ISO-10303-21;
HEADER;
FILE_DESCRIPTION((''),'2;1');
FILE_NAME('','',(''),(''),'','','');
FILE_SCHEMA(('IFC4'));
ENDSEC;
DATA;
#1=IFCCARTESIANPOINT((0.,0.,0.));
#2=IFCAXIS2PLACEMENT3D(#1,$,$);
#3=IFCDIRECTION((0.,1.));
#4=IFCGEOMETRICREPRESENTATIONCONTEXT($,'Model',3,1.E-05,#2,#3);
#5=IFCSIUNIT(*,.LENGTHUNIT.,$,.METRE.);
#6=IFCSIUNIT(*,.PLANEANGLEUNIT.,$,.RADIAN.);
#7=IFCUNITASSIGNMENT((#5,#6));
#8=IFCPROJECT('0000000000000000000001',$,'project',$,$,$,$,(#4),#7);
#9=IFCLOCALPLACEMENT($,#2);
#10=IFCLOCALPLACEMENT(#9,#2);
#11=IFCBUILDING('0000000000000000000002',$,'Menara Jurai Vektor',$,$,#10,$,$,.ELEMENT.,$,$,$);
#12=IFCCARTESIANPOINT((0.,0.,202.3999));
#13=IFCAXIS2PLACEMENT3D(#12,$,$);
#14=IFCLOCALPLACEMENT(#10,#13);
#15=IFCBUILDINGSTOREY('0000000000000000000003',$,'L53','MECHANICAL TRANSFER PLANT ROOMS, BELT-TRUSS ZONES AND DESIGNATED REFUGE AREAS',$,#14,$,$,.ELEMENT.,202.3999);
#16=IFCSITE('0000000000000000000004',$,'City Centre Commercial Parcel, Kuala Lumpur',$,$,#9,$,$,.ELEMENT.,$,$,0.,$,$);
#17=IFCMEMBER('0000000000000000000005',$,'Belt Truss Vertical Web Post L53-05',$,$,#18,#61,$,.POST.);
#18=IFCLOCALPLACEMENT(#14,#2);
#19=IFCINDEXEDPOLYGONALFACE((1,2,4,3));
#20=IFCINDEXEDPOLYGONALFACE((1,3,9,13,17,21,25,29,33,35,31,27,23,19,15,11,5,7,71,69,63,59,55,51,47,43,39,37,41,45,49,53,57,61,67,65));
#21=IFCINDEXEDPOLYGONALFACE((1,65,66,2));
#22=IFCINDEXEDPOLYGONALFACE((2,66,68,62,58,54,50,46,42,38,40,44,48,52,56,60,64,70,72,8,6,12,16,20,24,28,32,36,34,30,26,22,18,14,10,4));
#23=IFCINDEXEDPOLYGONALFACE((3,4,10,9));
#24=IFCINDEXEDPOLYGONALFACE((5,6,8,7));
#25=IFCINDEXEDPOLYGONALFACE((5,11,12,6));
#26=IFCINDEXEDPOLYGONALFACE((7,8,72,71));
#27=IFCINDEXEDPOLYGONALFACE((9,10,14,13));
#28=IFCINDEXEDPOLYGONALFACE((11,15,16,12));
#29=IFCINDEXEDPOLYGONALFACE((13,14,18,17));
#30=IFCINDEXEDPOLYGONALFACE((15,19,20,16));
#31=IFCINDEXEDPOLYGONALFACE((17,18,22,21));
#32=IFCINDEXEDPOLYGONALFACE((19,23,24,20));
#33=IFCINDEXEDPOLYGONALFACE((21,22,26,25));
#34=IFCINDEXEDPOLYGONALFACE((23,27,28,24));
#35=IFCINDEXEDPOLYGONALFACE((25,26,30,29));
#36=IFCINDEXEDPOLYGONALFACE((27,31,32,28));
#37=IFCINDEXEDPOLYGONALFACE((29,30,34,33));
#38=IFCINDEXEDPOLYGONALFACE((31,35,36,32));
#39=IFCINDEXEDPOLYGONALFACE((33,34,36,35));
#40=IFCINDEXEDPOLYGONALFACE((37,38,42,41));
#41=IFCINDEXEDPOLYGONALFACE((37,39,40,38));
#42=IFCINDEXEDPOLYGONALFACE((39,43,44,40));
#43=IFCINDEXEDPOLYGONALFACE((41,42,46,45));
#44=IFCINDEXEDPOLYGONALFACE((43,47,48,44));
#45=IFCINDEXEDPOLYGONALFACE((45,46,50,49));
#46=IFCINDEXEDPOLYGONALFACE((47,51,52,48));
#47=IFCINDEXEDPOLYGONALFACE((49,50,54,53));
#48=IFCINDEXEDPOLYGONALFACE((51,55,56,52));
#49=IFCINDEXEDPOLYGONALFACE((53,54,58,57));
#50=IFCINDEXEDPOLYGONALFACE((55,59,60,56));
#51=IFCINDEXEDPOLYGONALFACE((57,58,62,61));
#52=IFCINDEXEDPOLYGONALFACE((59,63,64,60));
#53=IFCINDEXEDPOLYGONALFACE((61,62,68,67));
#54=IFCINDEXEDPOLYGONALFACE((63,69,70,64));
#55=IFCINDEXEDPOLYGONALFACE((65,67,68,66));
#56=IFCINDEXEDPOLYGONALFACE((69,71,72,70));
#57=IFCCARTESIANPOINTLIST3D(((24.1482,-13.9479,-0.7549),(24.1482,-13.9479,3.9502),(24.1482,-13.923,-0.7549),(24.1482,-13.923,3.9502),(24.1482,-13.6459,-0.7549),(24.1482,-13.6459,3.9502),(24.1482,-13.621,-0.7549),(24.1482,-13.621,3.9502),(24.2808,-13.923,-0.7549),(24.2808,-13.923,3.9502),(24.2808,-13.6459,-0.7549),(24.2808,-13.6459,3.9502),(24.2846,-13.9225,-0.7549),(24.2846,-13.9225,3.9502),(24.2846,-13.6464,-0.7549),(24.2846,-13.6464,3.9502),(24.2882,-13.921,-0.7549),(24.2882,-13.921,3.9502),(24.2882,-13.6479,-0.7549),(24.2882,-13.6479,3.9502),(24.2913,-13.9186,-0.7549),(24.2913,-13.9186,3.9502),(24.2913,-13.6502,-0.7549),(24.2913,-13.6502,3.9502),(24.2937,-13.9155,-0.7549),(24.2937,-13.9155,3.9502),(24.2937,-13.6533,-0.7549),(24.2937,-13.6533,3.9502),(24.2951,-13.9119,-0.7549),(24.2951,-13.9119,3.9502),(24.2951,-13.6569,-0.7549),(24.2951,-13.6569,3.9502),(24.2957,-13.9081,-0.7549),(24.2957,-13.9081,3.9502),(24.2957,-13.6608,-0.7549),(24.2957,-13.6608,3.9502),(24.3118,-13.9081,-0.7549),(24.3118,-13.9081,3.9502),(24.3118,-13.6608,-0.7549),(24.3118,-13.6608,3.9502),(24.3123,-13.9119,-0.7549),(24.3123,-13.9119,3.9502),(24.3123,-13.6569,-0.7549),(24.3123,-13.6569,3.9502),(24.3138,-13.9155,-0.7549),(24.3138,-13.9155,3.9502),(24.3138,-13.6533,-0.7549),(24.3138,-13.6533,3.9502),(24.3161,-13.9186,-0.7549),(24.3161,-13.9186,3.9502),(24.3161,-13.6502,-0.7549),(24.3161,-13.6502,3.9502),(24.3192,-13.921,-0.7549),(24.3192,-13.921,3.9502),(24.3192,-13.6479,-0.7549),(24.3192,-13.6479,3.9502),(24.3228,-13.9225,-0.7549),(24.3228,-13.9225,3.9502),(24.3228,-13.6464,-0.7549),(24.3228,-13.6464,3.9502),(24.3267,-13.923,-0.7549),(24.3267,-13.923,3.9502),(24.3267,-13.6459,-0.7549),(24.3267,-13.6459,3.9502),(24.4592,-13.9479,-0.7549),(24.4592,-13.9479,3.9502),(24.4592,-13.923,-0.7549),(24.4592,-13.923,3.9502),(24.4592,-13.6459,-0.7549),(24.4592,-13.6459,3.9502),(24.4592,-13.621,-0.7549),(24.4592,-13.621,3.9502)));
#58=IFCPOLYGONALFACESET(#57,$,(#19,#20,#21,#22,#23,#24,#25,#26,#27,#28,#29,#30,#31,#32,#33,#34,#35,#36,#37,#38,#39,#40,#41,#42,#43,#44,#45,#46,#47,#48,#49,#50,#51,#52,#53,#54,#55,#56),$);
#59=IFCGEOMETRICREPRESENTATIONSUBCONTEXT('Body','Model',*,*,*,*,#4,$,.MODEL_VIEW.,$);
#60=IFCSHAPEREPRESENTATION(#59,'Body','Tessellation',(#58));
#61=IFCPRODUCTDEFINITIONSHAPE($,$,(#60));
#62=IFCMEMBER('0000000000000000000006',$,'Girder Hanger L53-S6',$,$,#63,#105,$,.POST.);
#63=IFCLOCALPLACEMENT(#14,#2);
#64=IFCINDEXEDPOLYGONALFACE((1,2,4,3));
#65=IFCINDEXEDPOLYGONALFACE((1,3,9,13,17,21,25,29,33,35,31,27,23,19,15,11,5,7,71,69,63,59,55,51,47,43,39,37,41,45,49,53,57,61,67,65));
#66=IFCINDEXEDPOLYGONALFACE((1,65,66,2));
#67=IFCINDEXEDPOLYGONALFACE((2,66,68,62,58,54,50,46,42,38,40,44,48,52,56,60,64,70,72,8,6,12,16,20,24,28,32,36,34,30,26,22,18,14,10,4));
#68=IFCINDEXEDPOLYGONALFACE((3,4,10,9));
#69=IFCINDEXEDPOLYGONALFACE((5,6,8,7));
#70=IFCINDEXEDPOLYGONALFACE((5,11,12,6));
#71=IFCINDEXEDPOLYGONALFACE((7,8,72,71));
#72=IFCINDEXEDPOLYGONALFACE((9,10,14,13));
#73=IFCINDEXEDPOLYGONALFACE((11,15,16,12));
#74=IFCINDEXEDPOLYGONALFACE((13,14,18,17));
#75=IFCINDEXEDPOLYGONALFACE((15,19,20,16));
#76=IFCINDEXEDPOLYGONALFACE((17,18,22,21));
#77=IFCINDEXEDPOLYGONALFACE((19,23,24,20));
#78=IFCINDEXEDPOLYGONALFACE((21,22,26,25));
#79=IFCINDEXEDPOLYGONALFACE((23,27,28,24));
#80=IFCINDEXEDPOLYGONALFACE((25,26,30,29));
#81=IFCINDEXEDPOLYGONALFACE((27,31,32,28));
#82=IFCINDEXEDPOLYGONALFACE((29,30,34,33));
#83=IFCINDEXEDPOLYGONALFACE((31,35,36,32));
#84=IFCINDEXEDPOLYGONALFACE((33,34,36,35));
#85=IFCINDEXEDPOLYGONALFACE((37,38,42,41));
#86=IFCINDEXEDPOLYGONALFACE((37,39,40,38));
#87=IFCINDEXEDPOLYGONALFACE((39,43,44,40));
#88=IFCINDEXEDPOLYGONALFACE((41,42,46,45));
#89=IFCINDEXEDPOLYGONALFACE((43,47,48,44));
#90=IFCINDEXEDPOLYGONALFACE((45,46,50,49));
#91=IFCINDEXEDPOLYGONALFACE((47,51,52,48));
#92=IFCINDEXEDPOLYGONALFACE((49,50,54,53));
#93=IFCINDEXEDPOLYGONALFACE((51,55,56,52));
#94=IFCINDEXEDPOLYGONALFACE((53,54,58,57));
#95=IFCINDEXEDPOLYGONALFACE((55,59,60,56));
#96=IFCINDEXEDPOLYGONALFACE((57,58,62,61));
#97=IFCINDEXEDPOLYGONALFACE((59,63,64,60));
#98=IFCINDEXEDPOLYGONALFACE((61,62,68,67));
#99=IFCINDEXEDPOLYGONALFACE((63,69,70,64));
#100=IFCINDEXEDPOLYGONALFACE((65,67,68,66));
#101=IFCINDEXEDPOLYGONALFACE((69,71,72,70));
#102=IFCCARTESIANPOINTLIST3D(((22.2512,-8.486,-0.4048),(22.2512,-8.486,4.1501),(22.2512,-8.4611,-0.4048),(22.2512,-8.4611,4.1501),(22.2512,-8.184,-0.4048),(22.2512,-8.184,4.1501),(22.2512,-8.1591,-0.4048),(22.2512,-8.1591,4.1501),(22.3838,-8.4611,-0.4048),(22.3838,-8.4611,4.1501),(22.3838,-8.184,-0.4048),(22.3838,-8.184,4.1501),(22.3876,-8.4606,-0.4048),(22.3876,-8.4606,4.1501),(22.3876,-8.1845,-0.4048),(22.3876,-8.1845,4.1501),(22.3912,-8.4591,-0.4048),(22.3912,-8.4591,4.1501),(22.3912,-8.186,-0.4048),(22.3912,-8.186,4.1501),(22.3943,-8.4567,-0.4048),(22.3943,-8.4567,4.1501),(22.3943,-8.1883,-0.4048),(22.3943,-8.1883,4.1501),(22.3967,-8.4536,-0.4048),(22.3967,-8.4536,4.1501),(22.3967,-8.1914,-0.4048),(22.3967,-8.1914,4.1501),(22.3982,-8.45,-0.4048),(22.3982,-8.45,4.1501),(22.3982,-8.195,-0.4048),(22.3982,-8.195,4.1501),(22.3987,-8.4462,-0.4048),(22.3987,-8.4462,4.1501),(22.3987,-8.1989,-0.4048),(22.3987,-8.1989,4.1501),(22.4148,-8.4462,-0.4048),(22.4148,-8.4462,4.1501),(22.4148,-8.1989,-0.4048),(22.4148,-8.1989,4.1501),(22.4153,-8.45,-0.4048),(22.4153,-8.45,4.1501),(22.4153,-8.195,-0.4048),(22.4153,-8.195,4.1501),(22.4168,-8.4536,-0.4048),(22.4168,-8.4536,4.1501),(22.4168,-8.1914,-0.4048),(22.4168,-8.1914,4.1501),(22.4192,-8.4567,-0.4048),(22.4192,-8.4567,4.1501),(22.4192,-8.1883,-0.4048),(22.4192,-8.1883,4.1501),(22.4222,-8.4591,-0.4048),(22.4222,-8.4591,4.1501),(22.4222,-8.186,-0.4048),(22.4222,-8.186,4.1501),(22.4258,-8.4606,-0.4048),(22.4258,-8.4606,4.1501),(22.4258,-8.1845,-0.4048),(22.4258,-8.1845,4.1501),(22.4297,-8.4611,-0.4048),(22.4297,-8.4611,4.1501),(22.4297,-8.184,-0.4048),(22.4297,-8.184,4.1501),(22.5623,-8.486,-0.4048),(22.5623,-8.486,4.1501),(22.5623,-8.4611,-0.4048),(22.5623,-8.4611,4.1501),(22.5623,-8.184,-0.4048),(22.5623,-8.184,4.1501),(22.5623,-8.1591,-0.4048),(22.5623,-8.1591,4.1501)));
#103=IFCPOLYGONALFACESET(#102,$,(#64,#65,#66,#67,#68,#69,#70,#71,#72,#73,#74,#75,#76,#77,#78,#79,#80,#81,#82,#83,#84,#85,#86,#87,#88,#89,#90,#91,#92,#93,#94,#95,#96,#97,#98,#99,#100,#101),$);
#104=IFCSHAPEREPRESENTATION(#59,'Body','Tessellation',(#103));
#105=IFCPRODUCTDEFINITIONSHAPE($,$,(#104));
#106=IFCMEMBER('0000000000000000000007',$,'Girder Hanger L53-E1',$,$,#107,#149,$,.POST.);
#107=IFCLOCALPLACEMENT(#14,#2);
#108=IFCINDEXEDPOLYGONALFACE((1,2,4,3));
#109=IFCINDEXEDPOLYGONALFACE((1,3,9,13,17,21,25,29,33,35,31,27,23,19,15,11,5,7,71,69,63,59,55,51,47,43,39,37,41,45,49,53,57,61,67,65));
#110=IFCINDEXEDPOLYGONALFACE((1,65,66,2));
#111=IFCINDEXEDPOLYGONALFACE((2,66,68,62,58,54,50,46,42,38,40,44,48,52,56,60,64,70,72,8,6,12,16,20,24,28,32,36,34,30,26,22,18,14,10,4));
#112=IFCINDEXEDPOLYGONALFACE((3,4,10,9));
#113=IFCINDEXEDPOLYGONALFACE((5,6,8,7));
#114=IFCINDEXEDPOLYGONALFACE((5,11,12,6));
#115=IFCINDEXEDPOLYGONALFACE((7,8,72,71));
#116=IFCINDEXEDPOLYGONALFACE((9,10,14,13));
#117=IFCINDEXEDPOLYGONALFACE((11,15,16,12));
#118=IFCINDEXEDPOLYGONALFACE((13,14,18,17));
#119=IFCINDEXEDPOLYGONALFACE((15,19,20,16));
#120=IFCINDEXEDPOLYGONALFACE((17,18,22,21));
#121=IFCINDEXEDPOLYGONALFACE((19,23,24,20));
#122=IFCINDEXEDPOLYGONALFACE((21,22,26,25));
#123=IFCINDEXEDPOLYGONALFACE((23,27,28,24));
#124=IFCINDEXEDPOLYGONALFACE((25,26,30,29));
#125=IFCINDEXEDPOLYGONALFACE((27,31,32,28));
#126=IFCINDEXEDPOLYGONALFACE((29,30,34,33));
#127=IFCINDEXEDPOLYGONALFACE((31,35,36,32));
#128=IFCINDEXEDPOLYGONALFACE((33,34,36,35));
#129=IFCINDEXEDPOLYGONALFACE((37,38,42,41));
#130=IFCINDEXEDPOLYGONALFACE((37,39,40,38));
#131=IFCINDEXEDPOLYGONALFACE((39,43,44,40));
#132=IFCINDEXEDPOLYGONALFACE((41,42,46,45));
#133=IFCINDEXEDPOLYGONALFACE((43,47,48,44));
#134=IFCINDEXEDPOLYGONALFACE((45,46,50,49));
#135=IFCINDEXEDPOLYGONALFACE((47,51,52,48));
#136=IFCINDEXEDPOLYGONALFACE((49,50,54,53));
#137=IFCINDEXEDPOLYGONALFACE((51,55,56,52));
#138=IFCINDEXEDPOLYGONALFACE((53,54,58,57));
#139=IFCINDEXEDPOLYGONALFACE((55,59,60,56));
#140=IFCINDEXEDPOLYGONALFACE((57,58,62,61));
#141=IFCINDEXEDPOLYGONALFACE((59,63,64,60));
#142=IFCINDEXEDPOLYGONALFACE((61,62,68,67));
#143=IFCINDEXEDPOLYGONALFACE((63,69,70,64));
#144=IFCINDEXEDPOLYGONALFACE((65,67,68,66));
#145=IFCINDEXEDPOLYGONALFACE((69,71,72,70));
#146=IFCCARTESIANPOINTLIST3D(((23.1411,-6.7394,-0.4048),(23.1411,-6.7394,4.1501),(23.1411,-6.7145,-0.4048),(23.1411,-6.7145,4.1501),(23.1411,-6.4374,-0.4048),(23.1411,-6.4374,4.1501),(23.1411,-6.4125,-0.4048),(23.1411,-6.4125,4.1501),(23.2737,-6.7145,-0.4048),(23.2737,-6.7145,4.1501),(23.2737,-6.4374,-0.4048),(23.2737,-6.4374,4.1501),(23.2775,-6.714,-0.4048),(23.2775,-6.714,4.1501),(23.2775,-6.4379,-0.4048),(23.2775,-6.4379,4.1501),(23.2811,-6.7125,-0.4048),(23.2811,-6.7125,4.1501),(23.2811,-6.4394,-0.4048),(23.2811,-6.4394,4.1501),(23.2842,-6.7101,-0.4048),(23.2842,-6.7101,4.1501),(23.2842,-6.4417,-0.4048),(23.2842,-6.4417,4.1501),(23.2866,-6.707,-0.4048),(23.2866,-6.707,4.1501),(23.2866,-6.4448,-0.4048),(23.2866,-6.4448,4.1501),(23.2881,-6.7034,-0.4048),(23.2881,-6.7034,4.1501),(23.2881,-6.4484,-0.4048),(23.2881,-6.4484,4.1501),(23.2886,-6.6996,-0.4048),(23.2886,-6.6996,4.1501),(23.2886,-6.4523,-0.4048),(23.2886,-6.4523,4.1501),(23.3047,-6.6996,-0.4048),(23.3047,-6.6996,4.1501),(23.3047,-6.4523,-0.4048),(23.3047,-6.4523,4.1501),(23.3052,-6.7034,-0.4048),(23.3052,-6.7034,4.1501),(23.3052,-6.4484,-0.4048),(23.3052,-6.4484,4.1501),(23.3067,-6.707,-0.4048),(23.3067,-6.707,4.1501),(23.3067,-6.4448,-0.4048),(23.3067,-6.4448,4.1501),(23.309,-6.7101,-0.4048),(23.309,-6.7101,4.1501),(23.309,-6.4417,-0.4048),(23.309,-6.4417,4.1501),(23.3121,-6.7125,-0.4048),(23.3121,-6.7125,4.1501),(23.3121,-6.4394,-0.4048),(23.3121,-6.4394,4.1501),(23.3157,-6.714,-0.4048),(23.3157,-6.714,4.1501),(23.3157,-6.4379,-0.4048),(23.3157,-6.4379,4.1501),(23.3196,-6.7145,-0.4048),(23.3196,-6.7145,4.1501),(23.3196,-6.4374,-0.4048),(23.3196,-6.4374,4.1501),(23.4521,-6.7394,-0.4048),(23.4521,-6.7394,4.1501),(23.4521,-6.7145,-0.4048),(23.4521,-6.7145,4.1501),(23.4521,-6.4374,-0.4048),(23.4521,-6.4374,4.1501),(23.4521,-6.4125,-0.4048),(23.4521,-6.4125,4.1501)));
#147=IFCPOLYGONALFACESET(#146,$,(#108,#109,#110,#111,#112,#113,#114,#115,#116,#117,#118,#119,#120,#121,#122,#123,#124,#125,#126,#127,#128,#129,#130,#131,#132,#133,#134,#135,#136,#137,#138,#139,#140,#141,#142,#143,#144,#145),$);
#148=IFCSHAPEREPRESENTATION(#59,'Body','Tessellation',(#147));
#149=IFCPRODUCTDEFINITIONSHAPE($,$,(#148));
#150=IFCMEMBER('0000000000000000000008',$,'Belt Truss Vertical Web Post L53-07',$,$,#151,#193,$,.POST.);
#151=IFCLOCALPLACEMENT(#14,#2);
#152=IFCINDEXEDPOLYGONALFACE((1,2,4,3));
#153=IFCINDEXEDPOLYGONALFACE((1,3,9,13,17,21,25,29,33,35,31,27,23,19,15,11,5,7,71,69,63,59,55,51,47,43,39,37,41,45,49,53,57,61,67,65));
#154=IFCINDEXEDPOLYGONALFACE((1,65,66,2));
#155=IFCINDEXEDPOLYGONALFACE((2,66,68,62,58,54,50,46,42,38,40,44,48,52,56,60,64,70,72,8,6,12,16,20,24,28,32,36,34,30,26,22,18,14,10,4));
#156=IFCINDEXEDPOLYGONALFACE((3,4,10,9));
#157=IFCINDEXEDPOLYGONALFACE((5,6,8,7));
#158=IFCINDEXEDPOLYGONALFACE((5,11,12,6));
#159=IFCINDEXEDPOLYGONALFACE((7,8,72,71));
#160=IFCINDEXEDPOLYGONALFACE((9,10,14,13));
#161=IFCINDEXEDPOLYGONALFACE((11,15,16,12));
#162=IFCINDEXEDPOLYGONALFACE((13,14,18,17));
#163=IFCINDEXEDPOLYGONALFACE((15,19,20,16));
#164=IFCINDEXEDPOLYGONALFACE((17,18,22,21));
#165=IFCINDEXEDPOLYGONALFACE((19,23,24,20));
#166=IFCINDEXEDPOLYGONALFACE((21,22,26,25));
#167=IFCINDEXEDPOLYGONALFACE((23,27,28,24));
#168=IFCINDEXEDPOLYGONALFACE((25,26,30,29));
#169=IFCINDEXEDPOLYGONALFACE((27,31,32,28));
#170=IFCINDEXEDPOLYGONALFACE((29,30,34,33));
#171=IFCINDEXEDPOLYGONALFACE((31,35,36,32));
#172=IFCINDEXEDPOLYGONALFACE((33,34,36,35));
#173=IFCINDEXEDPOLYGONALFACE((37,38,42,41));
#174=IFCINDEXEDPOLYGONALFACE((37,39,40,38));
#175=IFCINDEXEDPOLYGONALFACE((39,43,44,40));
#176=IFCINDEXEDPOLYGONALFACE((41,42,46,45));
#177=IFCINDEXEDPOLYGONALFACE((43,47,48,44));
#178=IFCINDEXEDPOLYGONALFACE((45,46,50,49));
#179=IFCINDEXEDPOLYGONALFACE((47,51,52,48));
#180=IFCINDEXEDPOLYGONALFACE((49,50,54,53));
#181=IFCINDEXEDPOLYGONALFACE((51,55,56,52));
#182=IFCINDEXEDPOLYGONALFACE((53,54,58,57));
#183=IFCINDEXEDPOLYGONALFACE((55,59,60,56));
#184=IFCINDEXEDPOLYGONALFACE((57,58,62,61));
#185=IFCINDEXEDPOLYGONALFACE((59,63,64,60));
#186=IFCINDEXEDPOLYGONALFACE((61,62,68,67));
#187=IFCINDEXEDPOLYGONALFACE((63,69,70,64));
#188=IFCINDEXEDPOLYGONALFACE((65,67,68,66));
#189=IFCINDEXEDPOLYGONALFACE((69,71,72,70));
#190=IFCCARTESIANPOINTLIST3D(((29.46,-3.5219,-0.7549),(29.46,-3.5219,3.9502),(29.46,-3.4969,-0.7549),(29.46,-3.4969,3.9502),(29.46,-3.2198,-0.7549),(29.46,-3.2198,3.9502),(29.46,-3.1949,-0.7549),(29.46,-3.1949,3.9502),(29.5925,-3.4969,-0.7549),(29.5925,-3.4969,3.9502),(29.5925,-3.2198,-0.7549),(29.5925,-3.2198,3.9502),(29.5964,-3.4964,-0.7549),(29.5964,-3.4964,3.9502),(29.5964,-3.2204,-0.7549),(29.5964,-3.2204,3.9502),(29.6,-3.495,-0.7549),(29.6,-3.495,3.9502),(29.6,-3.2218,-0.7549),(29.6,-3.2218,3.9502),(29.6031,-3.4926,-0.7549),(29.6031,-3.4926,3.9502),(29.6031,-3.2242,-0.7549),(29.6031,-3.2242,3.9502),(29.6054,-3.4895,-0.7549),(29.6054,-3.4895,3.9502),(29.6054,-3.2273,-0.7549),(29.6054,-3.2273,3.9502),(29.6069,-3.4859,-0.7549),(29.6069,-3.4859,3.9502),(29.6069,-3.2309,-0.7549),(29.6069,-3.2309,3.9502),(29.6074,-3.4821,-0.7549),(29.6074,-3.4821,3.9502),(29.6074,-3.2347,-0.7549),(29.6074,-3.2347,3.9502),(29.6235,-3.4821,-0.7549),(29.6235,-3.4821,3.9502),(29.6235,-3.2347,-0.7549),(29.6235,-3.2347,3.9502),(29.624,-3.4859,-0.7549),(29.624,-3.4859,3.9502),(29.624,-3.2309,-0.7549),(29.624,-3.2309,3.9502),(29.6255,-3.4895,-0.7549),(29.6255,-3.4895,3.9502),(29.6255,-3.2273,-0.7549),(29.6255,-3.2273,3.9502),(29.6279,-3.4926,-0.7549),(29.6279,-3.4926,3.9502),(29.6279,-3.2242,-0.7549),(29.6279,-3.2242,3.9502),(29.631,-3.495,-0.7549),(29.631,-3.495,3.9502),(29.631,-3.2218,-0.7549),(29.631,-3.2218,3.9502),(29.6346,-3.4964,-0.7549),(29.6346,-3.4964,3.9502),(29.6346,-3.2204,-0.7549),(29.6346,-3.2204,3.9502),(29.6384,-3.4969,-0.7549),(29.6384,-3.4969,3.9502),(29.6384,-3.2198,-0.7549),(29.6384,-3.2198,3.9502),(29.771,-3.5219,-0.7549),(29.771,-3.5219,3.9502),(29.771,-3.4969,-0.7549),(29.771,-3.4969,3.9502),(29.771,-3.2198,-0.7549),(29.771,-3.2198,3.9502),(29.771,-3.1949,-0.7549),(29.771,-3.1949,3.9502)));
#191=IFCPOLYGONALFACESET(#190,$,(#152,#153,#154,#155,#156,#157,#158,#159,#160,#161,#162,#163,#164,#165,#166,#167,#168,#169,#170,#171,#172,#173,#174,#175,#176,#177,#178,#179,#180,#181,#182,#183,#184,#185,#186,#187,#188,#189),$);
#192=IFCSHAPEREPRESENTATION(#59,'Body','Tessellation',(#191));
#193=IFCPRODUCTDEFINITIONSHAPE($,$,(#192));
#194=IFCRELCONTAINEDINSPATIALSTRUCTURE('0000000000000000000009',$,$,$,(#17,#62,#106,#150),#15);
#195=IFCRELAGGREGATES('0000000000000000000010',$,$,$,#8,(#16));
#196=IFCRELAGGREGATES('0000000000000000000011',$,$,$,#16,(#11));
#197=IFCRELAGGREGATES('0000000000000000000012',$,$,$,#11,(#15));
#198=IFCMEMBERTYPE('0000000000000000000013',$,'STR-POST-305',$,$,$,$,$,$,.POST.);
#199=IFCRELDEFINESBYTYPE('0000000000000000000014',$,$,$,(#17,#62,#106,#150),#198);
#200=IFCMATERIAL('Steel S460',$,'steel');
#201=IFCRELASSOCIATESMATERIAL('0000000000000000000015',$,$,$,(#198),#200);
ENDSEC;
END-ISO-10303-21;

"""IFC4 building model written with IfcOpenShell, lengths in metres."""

from ifc_helpers import new_model, si_unit, direction, frame, origin, origin_2d, place, context, subcontext, project, spatial, i_section, extrude, material, material_profile, profile_set, type_object, element, save


model = new_model("IFC4")

# Units and contexts
model_context = context("Model", 3, precision=1e-05, world=origin(), true_north=direction((0.0, 1.0)))
body_context = subcontext(model_context, "Body", "Model", "MODEL_VIEW")
ifc_project = project(units=[si_unit("LENGTHUNIT", "METRE"), si_unit("PLANEANGLEUNIT", "RADIAN")], contexts=[model_context])

# Site, building, storey
site_placement = place(None, origin())
site = spatial("IfcSite", under=ifc_project, at=site_placement, Name="City Centre Commercial Parcel, Kuala Lumpur", CompositionType="ELEMENT", RefElevation=0.0)
building_placement = place(site_placement, origin())
building = spatial("IfcBuilding", under=site, at=building_placement, Name="Menara Jurai Vektor", CompositionType="ELEMENT")
storey_placement = place(building_placement, frame((0.0, 0.0, 202.3999)))
storey = spatial("IfcBuildingStorey", under=building, at=storey_placement, Name="L53", Description="MECHANICAL TRANSFER PLANT ROOMS, BELT-TRUSS ZONES AND DESIGNATED REFUGE AREAS", CompositionType="ELEMENT", Elevation=202.3999)

# Shared definitions
ifc_material_1 = material(Name="Steel S460", Category="steel")

# Members
ifc_material_profile_1 = material_profile(ifc_material_1, i_section(OverallWidth=0.311, OverallDepth=0.3269, WebThickness=0.0161, FlangeThickness=0.0249, FilletRadius=0.0149, at=origin_2d()), Name="UKC 305x305x158")
ifc_profile_set_1 = profile_set([ifc_material_profile_1], Name="Steel S460")
member_type_1 = type_object("IfcMemberType", Name="STR-POST-305", PredefinedType="POST", material=ifc_profile_set_1)
member_1_placement = place(storey_placement, frame((24.3037, -13.7844, -0.7549), z_axis=(0.0, 0.0, 1.0), x_axis=(1.0, 0.0, 0.0)))
element("IfcMember", 1, at=member_1_placement, inside=storey, type_object=member_type_1, Name="Belt Truss Vertical Web Post L53-05", PredefinedType="POST", context=body_context, shape_type="SweptSolid", body=[
    extrude(i_section(OverallWidth=0.311, OverallDepth=0.3269, WebThickness=0.0161, FlangeThickness=0.0249, FilletRadius=0.0149, at=origin_2d()), origin(), (0.0, 0.0, 1.0), 4.7051),
])
for number, where, z_axis, x_axis, name in (
    (2, (22.4067, -8.3225, -0.4048), (0.0, 0.0, 1.0), (1.0, 0.0, 0.0), "Girder Hanger L53-S6"),
    (3, (23.2966, -6.5759, -0.4048), (0.0, 0.0, 1.0), (1.0, 0.0, 0.0), "Girder Hanger L53-E1"),
):
    element("IfcMember", number, at=place(storey_placement, frame(where, z_axis=z_axis, x_axis=x_axis)), inside=storey, type_object=member_type_1, Name=name, PredefinedType="POST", context=body_context, shape_type="SweptSolid", body=[
        extrude(i_section(OverallWidth=0.311, OverallDepth=0.3269, WebThickness=0.0161, FlangeThickness=0.0249, FilletRadius=0.0149, at=origin_2d()), origin(), (0.0, 0.0, 1.0), 4.5549),
    ])
member_2_placement = place(storey_placement, frame((29.6155, -3.3584, -0.7549), z_axis=(0.0, 0.0, 1.0), x_axis=(1.0, 0.0, 0.0)))
element("IfcMember", 4, at=member_2_placement, inside=storey, type_object=member_type_1, Name="Belt Truss Vertical Web Post L53-07", PredefinedType="POST", context=body_context, shape_type="SweptSolid", body=[
    extrude(i_section(OverallWidth=0.311, OverallDepth=0.3269, WebThickness=0.0161, FlangeThickness=0.0249, FilletRadius=0.0149, at=origin_2d()), origin(), (0.0, 0.0, 1.0), 4.7051),
])

save(model, "model.ifc")
